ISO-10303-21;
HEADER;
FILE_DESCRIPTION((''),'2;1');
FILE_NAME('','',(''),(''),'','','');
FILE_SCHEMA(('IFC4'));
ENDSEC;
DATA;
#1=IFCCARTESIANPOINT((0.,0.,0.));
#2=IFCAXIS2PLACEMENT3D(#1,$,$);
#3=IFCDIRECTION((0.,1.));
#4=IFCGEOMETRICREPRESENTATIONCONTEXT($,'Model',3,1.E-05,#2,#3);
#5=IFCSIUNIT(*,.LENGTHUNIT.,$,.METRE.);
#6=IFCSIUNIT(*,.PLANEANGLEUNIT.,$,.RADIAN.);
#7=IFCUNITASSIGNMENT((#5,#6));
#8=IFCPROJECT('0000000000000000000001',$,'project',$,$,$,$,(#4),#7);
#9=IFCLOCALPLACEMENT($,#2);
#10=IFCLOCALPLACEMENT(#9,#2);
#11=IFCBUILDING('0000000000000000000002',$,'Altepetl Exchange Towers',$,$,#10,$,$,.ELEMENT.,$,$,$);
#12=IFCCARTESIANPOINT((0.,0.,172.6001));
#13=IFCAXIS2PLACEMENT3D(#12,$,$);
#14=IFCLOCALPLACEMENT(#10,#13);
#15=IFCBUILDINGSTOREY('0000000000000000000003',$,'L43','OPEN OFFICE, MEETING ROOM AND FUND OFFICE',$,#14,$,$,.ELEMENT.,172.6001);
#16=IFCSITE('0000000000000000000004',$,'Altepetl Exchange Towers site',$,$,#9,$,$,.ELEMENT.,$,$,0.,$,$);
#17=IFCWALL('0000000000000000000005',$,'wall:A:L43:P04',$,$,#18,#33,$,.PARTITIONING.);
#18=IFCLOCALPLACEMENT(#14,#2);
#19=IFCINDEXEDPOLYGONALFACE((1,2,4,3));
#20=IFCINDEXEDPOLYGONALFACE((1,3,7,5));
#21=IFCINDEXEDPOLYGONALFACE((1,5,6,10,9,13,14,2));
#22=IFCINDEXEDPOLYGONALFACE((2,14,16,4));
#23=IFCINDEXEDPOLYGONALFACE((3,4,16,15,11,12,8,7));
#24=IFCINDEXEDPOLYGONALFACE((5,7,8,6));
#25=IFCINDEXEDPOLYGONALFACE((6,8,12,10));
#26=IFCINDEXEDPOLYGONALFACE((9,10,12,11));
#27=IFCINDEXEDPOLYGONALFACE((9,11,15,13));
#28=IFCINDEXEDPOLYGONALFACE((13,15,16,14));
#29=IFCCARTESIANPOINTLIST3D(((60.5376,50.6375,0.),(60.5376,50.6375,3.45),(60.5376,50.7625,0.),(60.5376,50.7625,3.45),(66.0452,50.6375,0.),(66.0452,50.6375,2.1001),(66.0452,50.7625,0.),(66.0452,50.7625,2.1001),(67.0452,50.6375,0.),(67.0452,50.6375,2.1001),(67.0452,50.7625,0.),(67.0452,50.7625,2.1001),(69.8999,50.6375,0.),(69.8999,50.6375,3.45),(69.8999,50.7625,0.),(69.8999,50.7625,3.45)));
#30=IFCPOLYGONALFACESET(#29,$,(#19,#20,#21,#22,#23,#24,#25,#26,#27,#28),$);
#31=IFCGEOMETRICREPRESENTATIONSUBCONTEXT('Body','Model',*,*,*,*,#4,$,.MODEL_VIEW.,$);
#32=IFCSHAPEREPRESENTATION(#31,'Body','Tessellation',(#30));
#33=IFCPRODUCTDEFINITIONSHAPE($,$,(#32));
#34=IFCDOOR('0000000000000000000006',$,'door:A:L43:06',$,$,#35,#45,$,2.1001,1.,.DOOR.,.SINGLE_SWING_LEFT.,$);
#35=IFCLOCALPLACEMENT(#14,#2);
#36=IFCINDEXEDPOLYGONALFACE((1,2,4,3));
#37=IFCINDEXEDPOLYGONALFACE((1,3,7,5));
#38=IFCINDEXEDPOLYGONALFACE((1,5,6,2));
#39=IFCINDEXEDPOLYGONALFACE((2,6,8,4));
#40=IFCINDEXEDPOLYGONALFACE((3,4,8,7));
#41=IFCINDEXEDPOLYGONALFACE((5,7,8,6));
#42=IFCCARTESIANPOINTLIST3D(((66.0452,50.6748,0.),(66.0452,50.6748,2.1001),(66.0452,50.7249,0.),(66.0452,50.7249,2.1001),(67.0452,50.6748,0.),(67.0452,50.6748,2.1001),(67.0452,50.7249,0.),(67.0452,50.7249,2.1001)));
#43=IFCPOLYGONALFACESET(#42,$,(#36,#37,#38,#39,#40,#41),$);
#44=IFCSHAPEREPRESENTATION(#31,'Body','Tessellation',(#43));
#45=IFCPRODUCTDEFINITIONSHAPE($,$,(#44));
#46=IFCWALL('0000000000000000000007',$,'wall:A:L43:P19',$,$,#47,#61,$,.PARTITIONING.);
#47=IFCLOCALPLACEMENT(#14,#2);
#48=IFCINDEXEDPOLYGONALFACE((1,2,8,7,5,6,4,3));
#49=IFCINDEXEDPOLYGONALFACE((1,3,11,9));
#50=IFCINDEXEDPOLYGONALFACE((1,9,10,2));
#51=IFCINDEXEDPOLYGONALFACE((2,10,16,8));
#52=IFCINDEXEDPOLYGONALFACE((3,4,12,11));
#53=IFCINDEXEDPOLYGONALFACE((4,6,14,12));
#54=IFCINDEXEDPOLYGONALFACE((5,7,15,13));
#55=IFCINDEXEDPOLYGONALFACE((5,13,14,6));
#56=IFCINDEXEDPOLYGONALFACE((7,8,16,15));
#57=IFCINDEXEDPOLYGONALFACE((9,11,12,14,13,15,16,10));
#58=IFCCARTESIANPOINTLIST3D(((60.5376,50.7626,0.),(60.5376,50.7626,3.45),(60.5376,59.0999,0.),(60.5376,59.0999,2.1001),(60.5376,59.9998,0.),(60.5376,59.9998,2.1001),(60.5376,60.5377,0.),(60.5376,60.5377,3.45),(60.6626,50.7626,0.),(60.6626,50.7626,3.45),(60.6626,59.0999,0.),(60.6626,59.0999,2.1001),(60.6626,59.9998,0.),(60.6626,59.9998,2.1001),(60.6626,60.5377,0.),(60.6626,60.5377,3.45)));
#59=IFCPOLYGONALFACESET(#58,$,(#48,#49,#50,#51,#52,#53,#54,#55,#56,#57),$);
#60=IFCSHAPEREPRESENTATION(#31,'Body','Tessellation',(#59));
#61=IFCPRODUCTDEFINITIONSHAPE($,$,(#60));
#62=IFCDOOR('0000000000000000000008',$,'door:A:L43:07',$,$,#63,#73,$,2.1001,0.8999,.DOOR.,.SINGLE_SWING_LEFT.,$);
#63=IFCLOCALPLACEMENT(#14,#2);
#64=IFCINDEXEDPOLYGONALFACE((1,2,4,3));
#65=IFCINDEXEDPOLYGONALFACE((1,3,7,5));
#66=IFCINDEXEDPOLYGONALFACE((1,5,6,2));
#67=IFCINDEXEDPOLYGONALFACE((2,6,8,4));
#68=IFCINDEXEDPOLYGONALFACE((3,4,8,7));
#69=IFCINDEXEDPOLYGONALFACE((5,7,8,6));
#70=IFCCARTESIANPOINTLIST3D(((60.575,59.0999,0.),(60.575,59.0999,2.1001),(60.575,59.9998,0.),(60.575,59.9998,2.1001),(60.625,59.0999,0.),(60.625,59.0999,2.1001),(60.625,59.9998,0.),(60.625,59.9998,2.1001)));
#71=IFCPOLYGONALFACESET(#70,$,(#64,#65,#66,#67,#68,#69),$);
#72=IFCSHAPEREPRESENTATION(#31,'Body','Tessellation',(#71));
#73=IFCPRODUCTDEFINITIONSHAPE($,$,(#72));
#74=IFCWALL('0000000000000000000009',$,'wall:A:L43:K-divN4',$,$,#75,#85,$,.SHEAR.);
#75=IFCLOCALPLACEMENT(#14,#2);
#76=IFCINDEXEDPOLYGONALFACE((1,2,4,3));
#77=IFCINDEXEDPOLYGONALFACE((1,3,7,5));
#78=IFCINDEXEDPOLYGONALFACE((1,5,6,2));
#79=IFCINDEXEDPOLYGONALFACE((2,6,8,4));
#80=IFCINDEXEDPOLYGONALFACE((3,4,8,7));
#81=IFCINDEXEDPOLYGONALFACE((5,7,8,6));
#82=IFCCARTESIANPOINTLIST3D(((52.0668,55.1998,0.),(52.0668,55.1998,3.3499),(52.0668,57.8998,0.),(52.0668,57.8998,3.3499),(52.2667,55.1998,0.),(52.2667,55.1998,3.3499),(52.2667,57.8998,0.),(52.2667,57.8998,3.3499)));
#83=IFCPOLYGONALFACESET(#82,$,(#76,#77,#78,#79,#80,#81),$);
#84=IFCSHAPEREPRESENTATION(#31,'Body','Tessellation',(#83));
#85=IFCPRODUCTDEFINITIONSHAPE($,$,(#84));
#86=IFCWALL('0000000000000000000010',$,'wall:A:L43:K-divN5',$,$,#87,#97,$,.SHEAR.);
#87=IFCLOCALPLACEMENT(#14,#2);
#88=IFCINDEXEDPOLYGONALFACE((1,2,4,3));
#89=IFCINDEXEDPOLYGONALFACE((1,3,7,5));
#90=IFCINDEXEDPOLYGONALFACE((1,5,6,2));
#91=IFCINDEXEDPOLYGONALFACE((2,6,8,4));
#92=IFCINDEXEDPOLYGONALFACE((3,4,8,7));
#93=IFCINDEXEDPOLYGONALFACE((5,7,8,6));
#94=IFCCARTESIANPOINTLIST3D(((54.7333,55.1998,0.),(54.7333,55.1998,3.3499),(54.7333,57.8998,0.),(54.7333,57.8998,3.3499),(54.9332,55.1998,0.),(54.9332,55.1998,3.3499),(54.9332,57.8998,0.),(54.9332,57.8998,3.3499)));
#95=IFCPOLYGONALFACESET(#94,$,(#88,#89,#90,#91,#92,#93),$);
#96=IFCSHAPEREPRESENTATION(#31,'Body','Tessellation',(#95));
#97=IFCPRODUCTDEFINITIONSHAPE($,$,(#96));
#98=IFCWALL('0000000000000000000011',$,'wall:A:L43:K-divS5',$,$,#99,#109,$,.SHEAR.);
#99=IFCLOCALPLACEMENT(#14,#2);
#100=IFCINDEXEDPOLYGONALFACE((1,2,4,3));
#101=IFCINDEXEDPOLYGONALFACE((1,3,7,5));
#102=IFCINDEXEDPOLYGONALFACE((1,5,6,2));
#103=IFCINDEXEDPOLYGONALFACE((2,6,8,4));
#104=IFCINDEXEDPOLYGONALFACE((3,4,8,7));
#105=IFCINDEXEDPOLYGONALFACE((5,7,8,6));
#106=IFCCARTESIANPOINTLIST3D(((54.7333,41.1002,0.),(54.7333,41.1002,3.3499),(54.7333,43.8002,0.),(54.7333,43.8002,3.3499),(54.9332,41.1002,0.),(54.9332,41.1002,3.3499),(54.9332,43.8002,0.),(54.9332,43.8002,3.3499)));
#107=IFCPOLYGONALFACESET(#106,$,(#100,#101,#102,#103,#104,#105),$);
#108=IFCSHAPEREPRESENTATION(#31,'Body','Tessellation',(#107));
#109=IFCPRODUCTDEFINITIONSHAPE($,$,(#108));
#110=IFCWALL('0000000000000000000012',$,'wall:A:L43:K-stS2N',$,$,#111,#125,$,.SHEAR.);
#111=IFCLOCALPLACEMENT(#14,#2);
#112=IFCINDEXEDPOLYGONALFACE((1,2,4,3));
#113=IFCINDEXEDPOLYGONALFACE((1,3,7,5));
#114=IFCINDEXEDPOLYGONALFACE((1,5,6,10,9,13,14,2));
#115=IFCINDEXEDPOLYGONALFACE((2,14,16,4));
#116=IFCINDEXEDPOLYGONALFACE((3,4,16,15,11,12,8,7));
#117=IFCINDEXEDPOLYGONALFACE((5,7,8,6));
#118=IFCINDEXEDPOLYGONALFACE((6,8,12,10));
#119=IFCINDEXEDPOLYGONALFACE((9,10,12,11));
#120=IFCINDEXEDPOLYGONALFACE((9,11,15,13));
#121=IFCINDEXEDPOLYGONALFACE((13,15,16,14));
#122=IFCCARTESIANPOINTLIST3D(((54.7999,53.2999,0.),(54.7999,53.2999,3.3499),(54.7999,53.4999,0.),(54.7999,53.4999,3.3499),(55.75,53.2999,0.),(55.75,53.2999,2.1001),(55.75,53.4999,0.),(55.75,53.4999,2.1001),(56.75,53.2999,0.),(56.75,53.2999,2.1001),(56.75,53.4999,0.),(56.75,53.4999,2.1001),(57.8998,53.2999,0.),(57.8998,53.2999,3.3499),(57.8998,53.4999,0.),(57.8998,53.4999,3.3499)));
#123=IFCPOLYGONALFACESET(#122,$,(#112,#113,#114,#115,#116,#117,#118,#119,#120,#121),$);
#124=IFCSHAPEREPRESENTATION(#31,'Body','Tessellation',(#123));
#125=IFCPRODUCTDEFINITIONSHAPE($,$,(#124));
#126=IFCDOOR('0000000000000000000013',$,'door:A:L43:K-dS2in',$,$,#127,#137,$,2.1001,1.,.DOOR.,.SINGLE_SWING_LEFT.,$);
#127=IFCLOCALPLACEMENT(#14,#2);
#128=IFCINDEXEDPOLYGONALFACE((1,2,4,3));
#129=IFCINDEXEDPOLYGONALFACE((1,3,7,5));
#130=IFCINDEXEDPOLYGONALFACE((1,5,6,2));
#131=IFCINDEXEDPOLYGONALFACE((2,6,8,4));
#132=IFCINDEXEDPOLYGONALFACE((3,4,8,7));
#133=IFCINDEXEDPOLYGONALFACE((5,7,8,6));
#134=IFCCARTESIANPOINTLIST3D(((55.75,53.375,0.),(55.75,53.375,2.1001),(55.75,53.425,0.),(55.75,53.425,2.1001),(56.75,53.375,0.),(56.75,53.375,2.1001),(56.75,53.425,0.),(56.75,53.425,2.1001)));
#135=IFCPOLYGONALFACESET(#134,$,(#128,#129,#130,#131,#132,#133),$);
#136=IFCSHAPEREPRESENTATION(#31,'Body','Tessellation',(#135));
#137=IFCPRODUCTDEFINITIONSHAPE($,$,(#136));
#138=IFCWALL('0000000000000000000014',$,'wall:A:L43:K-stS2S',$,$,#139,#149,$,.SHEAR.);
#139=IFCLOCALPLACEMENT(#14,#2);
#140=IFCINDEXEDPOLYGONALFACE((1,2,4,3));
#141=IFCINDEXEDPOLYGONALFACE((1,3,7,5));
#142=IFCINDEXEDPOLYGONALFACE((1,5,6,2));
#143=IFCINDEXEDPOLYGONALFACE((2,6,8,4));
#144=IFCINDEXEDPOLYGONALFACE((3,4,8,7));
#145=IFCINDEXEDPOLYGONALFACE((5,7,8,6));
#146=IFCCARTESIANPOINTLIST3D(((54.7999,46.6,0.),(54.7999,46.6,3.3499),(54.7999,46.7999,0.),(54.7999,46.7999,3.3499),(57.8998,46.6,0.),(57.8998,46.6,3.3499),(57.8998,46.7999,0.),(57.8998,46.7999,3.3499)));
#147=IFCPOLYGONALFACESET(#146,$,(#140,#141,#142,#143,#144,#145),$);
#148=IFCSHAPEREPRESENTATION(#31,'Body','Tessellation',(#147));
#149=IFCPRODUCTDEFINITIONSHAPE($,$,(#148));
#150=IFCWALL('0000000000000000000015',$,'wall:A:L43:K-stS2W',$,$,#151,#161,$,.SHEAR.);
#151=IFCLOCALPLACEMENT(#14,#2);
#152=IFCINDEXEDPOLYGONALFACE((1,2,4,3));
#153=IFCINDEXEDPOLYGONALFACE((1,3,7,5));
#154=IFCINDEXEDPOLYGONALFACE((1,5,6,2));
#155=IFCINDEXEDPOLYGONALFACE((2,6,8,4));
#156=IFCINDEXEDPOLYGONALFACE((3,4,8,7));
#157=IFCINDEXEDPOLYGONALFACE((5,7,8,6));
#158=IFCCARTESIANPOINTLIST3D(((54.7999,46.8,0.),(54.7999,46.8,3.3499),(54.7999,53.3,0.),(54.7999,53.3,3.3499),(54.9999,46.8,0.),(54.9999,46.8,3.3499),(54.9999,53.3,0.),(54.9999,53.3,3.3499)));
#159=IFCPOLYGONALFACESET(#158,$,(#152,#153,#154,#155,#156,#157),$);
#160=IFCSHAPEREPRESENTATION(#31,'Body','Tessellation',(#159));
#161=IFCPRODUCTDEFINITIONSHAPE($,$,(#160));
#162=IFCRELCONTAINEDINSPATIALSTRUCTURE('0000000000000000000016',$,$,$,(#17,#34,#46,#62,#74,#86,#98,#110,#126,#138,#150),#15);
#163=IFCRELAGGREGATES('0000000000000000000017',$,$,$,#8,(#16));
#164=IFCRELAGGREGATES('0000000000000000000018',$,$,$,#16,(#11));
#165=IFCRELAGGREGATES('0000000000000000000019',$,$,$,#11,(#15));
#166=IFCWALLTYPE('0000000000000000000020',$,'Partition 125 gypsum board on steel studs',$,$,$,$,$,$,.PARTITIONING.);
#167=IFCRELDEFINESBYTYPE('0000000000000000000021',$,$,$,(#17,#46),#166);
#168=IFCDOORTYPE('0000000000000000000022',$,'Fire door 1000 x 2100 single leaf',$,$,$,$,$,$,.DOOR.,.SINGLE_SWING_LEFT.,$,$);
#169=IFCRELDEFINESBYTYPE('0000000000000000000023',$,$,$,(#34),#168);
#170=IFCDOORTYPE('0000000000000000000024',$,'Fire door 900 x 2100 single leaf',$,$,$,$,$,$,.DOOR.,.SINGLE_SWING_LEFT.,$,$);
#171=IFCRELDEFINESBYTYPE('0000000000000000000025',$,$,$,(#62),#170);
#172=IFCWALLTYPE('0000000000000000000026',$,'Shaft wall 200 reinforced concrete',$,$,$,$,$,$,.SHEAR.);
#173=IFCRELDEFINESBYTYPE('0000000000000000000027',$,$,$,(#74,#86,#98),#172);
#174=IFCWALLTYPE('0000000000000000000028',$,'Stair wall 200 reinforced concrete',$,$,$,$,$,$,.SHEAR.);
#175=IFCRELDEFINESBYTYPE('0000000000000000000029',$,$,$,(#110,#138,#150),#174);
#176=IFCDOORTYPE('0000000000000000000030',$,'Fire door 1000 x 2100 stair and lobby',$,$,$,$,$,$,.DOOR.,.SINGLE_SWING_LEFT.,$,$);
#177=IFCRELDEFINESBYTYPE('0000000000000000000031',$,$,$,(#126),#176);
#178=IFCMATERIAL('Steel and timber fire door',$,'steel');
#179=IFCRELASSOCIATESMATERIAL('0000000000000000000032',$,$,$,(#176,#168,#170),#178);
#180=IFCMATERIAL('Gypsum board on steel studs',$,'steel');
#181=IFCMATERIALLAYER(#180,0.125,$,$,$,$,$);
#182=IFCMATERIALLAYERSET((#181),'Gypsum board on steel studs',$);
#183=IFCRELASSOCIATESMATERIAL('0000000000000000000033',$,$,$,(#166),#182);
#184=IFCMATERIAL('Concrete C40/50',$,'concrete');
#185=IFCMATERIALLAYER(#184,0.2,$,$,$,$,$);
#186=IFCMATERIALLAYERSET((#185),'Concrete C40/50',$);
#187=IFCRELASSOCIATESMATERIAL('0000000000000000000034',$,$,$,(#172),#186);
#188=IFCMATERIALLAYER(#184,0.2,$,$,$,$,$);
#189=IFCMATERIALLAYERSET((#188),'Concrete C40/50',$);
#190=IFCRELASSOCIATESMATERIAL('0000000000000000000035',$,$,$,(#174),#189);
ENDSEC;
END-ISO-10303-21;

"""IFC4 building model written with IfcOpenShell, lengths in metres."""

from ifc_helpers import new_model, si_unit, direction, frame, frame_2d, origin, place, context, subcontext, project, spatial, rectangle, extrude, material, layer, layer_set, type_object, element, fill, save


model = new_model("IFC4")

# Units and contexts
model_context = context("Model", 3, precision=1e-05, world=origin(), true_north=direction((0.0, 1.0)))
body_context = subcontext(model_context, "Body", "Model", "MODEL_VIEW")
ifc_project = project(units=[si_unit("LENGTHUNIT", "METRE"), si_unit("PLANEANGLEUNIT", "RADIAN")], contexts=[model_context])

# Site, building, storey
site_placement = place(None, origin())
site = spatial("IfcSite", under=ifc_project, at=site_placement, Name="Altepetl Exchange Towers site", CompositionType="ELEMENT", RefElevation=0.0)
building_placement = place(site_placement, origin())
building = spatial("IfcBuilding", under=site, at=building_placement, Name="Altepetl Exchange Towers", CompositionType="ELEMENT")
storey_placement = place(building_placement, frame((0.0, 0.0, 172.6001)))
storey = spatial("IfcBuildingStorey", under=building, at=storey_placement, Name="L43", Description="OPEN OFFICE, MEETING ROOM AND FUND OFFICE", CompositionType="ELEMENT", Elevation=172.6001)

# Shared definitions
ifc_material_1 = material(Name="Steel and timber fire door", Category="steel")
door_type_1 = type_object("IfcDoorType", Name="Fire door 1000 x 2100 stair and lobby", OperationType="SINGLE_SWING_LEFT", PredefinedType="DOOR", material=ifc_material_1)

# Shared definitions
ifc_material_2 = material(Name="Gypsum board on steel studs", Category="steel")
ifc_layer_1 = layer(ifc_material_2, 0.125)
ifc_layer_set_1 = layer_set([ifc_layer_1], Name="Gypsum board on steel studs")
wall_type_1 = type_object("IfcWallType", Name="Partition 125 gypsum board on steel studs", PredefinedType="PARTITIONING", material=ifc_layer_set_1)

# Walls, openings, doors
wall_1_placement = place(storey_placement, frame((60.5376, 50.7, 0.0)))
wall_1 = element("IfcWall", 1, at=wall_1_placement, inside=storey, type_object=wall_type_1, Name="wall:A:L43:P04", PredefinedType="PARTITIONING", context=body_context, shape_type="SweptSolid", body=[
    extrude(rectangle(XDim=9.3623, YDim=0.125, at=frame_2d((4.6812, 0.0))), origin(), (0.0, 0.0, 1.0), 3.45),
])
opening_1_placement = place(wall_1_placement, frame((5.5076, 0.0, 0.0)))
opening_1 = element("IfcOpeningElement", 2, at=opening_1_placement, cuts=wall_1, PredefinedType="OPENING", context=body_context, shape_type="SweptSolid", body=[
    extrude(rectangle(XDim=1.0, YDim=2.1001, at=frame_2d((0.5, 1.05))), frame((0.0, 0.0725, 0.0), z_axis=(0.0, -1.0, 0.0), x_axis=(1.0, 0.0, 0.0)), (0.0, 0.0, 1.0), 0.145),
])
door_type_2 = type_object("IfcDoorType", Name="Fire door 1000 x 2100 single leaf", OperationType="SINGLE_SWING_LEFT", PredefinedType="DOOR", material=ifc_material_1)
door_1_placement = place(opening_1_placement, origin())
door_1 = element("IfcDoor", 3, at=door_1_placement, inside=storey, type_object=door_type_2, Name="door:A:L43:06", OperationType="SINGLE_SWING_LEFT", OverallHeight=2.1001, OverallWidth=1.0, PredefinedType="DOOR", context=body_context, shape_type="SweptSolid", body=[
    extrude(rectangle(XDim=1.0, YDim=2.1001, at=frame_2d((0.5, 1.05))), frame((0.0, 0.0249, 0.0), z_axis=(0.0, -1.0, 0.0), x_axis=(1.0, 0.0, 0.0)), (0.0, 0.0, 1.0), 0.05),
])
fill(opening_1, door_1)
wall_2_placement = place(storey_placement, frame((60.6001, 50.7625, 0.0), z_axis=(0.0, 0.0, 1.0), x_axis=(0.0, 1.0, 0.0)))
wall_2 = element("IfcWall", 4, at=wall_2_placement, inside=storey, type_object=wall_type_1, Name="wall:A:L43:P19", PredefinedType="PARTITIONING", context=body_context, shape_type="SweptSolid", body=[
    extrude(rectangle(XDim=9.7751, YDim=0.125, at=frame_2d((4.8877, 0.0))), origin(), (0.0, 0.0, 1.0), 3.45),
])
opening_2_placement = place(wall_2_placement, frame((8.3374, 0.0, 0.0)))
opening_2 = element("IfcOpeningElement", 5, at=opening_2_placement, cuts=wall_2, PredefinedType="OPENING", context=body_context, shape_type="SweptSolid", body=[
    extrude(rectangle(XDim=0.8999, YDim=2.1001, at=frame_2d((0.45, 1.05))), frame((0.0, 0.0725, 0.0), z_axis=(0.0, -1.0, 0.0), x_axis=(1.0, 0.0, 0.0)), (0.0, 0.0, 1.0), 0.145),
])
door_type_3 = type_object("IfcDoorType", Name="Fire door 900 x 2100 single leaf", OperationType="SINGLE_SWING_LEFT", PredefinedType="DOOR", material=ifc_material_1)
door_2_placement = place(opening_2_placement, frame((0.8999, 0.0, 0.0), x_axis=(-1.0, 0.0, 0.0)))
door_2 = element("IfcDoor", 6, at=door_2_placement, inside=storey, type_object=door_type_3, Name="door:A:L43:07", OperationType="SINGLE_SWING_LEFT", OverallHeight=2.1001, OverallWidth=0.8999, PredefinedType="DOOR", context=body_context, shape_type="SweptSolid", body=[
    extrude(rectangle(XDim=0.8999, YDim=2.1001, at=frame_2d((0.45, 1.05))), frame((0.0, 0.0249, 0.0), z_axis=(0.0, -1.0, 0.0), x_axis=(1.0, 0.0, 0.0)), (0.0, 0.0, 1.0), 0.05),
])
fill(opening_2, door_2)

# Walls
ifc_material_3 = material(Name="Concrete C40/50", Category="concrete")
ifc_layer_2 = layer(ifc_material_3, 0.2)
ifc_layer_set_2 = layer_set([ifc_layer_2], Name="Concrete C40/50")
wall_type_2 = type_object("IfcWallType", Name="Shaft wall 200 reinforced concrete", PredefinedType="SHEAR", material=ifc_layer_set_2)
for number, where, z_axis, x_axis, name in (
    (7, (52.1667, 57.8999, 0.0), (0.0, 0.0, 1.0), (0.0, -1.0, 0.0), "wall:A:L43:K-divN4"),
    (8, (54.8333, 57.8999, 0.0), (0.0, 0.0, 1.0), (0.0, -1.0, 0.0), "wall:A:L43:K-divN5"),
    (9, (54.8333, 41.1001, 0.0), (0.0, 0.0, 1.0), (0.0, 1.0, 0.0), "wall:A:L43:K-divS5"),
):
    element("IfcWall", number, at=place(storey_placement, frame(where, z_axis=z_axis, x_axis=x_axis)), inside=storey, type_object=wall_type_2, Name=name, PredefinedType="SHEAR", context=body_context, shape_type="SweptSolid", body=[
        extrude(rectangle(XDim=2.7, YDim=0.2, at=frame_2d((1.3501, 0.0))), origin(), (0.0, 0.0, 1.0), 3.3499),
    ])

# Wall, opening, door
ifc_layer_3 = layer(ifc_material_3, 0.2)
ifc_layer_set_3 = layer_set([ifc_layer_3], Name="Concrete C40/50")
wall_type_3 = type_object("IfcWallType", Name="Stair wall 200 reinforced concrete", PredefinedType="SHEAR", material=ifc_layer_set_3)
wall_3_placement = place(storey_placement, frame((54.8, 53.3999, 0.0)))
wall_3 = element("IfcWall", 10, at=wall_3_placement, inside=storey, type_object=wall_type_3, Name="wall:A:L43:K-stS2N", PredefinedType="SHEAR", context=body_context, shape_type="SweptSolid", body=[
    extrude(rectangle(XDim=3.0999, YDim=0.2, at=frame_2d((1.5498, 0.0))), origin(), (0.0, 0.0, 1.0), 3.3499),
])
opening_3_placement = place(wall_3_placement, frame((0.95, 0.0, 0.0)))
opening_3 = element("IfcOpeningElement", 11, at=opening_3_placement, cuts=wall_3, PredefinedType="OPENING", context=body_context, shape_type="SweptSolid", body=[
    extrude(rectangle(XDim=1.0, YDim=2.1001, at=frame_2d((0.5, 1.05))), frame((0.0, 0.1099, 0.0), z_axis=(0.0, -1.0, 0.0), x_axis=(1.0, 0.0, 0.0)), (0.0, 0.0, 1.0), 0.22),
])
door_3_placement = place(opening_3_placement, frame((1.0, 0.0, 0.0), x_axis=(-1.0, 0.0, 0.0)))
door_3 = element("IfcDoor", 12, at=door_3_placement, inside=storey, type_object=door_type_1, Name="door:A:L43:K-dS2in", OperationType="SINGLE_SWING_LEFT", OverallHeight=2.1001, OverallWidth=1.0, PredefinedType="DOOR", context=body_context, shape_type="SweptSolid", body=[
    extrude(rectangle(XDim=1.0, YDim=2.1001, at=frame_2d((0.5, 1.05))), frame((0.0, 0.0249, 0.0), z_axis=(0.0, -1.0, 0.0), x_axis=(1.0, 0.0, 0.0)), (0.0, 0.0, 1.0), 0.05),
])
fill(opening_3, door_3)

# Walls
wall_4_placement = place(storey_placement, frame((54.8, 46.7, 0.0)))
element("IfcWall", 13, at=wall_4_placement, inside=storey, type_object=wall_type_3, Name="wall:A:L43:K-stS2S", PredefinedType="SHEAR", context=body_context, shape_type="SweptSolid", body=[
    extrude(rectangle(XDim=3.0999, YDim=0.2, at=frame_2d((1.5498, 0.0))), origin(), (0.0, 0.0, 1.0), 3.3499),
])
wall_5_placement = place(storey_placement, frame((54.8999, 46.8, 0.0), z_axis=(0.0, 0.0, 1.0), x_axis=(0.0, 1.0, 0.0)))
element("IfcWall", 14, at=wall_5_placement, inside=storey, type_object=wall_type_3, Name="wall:A:L43:K-stS2W", PredefinedType="SHEAR", context=body_context, shape_type="SweptSolid", body=[
    extrude(rectangle(XDim=6.5, YDim=0.2, at=frame_2d((3.25, 0.0))), origin(), (0.0, 0.0, 1.0), 3.3499),
])

save(model, "model.ifc")
